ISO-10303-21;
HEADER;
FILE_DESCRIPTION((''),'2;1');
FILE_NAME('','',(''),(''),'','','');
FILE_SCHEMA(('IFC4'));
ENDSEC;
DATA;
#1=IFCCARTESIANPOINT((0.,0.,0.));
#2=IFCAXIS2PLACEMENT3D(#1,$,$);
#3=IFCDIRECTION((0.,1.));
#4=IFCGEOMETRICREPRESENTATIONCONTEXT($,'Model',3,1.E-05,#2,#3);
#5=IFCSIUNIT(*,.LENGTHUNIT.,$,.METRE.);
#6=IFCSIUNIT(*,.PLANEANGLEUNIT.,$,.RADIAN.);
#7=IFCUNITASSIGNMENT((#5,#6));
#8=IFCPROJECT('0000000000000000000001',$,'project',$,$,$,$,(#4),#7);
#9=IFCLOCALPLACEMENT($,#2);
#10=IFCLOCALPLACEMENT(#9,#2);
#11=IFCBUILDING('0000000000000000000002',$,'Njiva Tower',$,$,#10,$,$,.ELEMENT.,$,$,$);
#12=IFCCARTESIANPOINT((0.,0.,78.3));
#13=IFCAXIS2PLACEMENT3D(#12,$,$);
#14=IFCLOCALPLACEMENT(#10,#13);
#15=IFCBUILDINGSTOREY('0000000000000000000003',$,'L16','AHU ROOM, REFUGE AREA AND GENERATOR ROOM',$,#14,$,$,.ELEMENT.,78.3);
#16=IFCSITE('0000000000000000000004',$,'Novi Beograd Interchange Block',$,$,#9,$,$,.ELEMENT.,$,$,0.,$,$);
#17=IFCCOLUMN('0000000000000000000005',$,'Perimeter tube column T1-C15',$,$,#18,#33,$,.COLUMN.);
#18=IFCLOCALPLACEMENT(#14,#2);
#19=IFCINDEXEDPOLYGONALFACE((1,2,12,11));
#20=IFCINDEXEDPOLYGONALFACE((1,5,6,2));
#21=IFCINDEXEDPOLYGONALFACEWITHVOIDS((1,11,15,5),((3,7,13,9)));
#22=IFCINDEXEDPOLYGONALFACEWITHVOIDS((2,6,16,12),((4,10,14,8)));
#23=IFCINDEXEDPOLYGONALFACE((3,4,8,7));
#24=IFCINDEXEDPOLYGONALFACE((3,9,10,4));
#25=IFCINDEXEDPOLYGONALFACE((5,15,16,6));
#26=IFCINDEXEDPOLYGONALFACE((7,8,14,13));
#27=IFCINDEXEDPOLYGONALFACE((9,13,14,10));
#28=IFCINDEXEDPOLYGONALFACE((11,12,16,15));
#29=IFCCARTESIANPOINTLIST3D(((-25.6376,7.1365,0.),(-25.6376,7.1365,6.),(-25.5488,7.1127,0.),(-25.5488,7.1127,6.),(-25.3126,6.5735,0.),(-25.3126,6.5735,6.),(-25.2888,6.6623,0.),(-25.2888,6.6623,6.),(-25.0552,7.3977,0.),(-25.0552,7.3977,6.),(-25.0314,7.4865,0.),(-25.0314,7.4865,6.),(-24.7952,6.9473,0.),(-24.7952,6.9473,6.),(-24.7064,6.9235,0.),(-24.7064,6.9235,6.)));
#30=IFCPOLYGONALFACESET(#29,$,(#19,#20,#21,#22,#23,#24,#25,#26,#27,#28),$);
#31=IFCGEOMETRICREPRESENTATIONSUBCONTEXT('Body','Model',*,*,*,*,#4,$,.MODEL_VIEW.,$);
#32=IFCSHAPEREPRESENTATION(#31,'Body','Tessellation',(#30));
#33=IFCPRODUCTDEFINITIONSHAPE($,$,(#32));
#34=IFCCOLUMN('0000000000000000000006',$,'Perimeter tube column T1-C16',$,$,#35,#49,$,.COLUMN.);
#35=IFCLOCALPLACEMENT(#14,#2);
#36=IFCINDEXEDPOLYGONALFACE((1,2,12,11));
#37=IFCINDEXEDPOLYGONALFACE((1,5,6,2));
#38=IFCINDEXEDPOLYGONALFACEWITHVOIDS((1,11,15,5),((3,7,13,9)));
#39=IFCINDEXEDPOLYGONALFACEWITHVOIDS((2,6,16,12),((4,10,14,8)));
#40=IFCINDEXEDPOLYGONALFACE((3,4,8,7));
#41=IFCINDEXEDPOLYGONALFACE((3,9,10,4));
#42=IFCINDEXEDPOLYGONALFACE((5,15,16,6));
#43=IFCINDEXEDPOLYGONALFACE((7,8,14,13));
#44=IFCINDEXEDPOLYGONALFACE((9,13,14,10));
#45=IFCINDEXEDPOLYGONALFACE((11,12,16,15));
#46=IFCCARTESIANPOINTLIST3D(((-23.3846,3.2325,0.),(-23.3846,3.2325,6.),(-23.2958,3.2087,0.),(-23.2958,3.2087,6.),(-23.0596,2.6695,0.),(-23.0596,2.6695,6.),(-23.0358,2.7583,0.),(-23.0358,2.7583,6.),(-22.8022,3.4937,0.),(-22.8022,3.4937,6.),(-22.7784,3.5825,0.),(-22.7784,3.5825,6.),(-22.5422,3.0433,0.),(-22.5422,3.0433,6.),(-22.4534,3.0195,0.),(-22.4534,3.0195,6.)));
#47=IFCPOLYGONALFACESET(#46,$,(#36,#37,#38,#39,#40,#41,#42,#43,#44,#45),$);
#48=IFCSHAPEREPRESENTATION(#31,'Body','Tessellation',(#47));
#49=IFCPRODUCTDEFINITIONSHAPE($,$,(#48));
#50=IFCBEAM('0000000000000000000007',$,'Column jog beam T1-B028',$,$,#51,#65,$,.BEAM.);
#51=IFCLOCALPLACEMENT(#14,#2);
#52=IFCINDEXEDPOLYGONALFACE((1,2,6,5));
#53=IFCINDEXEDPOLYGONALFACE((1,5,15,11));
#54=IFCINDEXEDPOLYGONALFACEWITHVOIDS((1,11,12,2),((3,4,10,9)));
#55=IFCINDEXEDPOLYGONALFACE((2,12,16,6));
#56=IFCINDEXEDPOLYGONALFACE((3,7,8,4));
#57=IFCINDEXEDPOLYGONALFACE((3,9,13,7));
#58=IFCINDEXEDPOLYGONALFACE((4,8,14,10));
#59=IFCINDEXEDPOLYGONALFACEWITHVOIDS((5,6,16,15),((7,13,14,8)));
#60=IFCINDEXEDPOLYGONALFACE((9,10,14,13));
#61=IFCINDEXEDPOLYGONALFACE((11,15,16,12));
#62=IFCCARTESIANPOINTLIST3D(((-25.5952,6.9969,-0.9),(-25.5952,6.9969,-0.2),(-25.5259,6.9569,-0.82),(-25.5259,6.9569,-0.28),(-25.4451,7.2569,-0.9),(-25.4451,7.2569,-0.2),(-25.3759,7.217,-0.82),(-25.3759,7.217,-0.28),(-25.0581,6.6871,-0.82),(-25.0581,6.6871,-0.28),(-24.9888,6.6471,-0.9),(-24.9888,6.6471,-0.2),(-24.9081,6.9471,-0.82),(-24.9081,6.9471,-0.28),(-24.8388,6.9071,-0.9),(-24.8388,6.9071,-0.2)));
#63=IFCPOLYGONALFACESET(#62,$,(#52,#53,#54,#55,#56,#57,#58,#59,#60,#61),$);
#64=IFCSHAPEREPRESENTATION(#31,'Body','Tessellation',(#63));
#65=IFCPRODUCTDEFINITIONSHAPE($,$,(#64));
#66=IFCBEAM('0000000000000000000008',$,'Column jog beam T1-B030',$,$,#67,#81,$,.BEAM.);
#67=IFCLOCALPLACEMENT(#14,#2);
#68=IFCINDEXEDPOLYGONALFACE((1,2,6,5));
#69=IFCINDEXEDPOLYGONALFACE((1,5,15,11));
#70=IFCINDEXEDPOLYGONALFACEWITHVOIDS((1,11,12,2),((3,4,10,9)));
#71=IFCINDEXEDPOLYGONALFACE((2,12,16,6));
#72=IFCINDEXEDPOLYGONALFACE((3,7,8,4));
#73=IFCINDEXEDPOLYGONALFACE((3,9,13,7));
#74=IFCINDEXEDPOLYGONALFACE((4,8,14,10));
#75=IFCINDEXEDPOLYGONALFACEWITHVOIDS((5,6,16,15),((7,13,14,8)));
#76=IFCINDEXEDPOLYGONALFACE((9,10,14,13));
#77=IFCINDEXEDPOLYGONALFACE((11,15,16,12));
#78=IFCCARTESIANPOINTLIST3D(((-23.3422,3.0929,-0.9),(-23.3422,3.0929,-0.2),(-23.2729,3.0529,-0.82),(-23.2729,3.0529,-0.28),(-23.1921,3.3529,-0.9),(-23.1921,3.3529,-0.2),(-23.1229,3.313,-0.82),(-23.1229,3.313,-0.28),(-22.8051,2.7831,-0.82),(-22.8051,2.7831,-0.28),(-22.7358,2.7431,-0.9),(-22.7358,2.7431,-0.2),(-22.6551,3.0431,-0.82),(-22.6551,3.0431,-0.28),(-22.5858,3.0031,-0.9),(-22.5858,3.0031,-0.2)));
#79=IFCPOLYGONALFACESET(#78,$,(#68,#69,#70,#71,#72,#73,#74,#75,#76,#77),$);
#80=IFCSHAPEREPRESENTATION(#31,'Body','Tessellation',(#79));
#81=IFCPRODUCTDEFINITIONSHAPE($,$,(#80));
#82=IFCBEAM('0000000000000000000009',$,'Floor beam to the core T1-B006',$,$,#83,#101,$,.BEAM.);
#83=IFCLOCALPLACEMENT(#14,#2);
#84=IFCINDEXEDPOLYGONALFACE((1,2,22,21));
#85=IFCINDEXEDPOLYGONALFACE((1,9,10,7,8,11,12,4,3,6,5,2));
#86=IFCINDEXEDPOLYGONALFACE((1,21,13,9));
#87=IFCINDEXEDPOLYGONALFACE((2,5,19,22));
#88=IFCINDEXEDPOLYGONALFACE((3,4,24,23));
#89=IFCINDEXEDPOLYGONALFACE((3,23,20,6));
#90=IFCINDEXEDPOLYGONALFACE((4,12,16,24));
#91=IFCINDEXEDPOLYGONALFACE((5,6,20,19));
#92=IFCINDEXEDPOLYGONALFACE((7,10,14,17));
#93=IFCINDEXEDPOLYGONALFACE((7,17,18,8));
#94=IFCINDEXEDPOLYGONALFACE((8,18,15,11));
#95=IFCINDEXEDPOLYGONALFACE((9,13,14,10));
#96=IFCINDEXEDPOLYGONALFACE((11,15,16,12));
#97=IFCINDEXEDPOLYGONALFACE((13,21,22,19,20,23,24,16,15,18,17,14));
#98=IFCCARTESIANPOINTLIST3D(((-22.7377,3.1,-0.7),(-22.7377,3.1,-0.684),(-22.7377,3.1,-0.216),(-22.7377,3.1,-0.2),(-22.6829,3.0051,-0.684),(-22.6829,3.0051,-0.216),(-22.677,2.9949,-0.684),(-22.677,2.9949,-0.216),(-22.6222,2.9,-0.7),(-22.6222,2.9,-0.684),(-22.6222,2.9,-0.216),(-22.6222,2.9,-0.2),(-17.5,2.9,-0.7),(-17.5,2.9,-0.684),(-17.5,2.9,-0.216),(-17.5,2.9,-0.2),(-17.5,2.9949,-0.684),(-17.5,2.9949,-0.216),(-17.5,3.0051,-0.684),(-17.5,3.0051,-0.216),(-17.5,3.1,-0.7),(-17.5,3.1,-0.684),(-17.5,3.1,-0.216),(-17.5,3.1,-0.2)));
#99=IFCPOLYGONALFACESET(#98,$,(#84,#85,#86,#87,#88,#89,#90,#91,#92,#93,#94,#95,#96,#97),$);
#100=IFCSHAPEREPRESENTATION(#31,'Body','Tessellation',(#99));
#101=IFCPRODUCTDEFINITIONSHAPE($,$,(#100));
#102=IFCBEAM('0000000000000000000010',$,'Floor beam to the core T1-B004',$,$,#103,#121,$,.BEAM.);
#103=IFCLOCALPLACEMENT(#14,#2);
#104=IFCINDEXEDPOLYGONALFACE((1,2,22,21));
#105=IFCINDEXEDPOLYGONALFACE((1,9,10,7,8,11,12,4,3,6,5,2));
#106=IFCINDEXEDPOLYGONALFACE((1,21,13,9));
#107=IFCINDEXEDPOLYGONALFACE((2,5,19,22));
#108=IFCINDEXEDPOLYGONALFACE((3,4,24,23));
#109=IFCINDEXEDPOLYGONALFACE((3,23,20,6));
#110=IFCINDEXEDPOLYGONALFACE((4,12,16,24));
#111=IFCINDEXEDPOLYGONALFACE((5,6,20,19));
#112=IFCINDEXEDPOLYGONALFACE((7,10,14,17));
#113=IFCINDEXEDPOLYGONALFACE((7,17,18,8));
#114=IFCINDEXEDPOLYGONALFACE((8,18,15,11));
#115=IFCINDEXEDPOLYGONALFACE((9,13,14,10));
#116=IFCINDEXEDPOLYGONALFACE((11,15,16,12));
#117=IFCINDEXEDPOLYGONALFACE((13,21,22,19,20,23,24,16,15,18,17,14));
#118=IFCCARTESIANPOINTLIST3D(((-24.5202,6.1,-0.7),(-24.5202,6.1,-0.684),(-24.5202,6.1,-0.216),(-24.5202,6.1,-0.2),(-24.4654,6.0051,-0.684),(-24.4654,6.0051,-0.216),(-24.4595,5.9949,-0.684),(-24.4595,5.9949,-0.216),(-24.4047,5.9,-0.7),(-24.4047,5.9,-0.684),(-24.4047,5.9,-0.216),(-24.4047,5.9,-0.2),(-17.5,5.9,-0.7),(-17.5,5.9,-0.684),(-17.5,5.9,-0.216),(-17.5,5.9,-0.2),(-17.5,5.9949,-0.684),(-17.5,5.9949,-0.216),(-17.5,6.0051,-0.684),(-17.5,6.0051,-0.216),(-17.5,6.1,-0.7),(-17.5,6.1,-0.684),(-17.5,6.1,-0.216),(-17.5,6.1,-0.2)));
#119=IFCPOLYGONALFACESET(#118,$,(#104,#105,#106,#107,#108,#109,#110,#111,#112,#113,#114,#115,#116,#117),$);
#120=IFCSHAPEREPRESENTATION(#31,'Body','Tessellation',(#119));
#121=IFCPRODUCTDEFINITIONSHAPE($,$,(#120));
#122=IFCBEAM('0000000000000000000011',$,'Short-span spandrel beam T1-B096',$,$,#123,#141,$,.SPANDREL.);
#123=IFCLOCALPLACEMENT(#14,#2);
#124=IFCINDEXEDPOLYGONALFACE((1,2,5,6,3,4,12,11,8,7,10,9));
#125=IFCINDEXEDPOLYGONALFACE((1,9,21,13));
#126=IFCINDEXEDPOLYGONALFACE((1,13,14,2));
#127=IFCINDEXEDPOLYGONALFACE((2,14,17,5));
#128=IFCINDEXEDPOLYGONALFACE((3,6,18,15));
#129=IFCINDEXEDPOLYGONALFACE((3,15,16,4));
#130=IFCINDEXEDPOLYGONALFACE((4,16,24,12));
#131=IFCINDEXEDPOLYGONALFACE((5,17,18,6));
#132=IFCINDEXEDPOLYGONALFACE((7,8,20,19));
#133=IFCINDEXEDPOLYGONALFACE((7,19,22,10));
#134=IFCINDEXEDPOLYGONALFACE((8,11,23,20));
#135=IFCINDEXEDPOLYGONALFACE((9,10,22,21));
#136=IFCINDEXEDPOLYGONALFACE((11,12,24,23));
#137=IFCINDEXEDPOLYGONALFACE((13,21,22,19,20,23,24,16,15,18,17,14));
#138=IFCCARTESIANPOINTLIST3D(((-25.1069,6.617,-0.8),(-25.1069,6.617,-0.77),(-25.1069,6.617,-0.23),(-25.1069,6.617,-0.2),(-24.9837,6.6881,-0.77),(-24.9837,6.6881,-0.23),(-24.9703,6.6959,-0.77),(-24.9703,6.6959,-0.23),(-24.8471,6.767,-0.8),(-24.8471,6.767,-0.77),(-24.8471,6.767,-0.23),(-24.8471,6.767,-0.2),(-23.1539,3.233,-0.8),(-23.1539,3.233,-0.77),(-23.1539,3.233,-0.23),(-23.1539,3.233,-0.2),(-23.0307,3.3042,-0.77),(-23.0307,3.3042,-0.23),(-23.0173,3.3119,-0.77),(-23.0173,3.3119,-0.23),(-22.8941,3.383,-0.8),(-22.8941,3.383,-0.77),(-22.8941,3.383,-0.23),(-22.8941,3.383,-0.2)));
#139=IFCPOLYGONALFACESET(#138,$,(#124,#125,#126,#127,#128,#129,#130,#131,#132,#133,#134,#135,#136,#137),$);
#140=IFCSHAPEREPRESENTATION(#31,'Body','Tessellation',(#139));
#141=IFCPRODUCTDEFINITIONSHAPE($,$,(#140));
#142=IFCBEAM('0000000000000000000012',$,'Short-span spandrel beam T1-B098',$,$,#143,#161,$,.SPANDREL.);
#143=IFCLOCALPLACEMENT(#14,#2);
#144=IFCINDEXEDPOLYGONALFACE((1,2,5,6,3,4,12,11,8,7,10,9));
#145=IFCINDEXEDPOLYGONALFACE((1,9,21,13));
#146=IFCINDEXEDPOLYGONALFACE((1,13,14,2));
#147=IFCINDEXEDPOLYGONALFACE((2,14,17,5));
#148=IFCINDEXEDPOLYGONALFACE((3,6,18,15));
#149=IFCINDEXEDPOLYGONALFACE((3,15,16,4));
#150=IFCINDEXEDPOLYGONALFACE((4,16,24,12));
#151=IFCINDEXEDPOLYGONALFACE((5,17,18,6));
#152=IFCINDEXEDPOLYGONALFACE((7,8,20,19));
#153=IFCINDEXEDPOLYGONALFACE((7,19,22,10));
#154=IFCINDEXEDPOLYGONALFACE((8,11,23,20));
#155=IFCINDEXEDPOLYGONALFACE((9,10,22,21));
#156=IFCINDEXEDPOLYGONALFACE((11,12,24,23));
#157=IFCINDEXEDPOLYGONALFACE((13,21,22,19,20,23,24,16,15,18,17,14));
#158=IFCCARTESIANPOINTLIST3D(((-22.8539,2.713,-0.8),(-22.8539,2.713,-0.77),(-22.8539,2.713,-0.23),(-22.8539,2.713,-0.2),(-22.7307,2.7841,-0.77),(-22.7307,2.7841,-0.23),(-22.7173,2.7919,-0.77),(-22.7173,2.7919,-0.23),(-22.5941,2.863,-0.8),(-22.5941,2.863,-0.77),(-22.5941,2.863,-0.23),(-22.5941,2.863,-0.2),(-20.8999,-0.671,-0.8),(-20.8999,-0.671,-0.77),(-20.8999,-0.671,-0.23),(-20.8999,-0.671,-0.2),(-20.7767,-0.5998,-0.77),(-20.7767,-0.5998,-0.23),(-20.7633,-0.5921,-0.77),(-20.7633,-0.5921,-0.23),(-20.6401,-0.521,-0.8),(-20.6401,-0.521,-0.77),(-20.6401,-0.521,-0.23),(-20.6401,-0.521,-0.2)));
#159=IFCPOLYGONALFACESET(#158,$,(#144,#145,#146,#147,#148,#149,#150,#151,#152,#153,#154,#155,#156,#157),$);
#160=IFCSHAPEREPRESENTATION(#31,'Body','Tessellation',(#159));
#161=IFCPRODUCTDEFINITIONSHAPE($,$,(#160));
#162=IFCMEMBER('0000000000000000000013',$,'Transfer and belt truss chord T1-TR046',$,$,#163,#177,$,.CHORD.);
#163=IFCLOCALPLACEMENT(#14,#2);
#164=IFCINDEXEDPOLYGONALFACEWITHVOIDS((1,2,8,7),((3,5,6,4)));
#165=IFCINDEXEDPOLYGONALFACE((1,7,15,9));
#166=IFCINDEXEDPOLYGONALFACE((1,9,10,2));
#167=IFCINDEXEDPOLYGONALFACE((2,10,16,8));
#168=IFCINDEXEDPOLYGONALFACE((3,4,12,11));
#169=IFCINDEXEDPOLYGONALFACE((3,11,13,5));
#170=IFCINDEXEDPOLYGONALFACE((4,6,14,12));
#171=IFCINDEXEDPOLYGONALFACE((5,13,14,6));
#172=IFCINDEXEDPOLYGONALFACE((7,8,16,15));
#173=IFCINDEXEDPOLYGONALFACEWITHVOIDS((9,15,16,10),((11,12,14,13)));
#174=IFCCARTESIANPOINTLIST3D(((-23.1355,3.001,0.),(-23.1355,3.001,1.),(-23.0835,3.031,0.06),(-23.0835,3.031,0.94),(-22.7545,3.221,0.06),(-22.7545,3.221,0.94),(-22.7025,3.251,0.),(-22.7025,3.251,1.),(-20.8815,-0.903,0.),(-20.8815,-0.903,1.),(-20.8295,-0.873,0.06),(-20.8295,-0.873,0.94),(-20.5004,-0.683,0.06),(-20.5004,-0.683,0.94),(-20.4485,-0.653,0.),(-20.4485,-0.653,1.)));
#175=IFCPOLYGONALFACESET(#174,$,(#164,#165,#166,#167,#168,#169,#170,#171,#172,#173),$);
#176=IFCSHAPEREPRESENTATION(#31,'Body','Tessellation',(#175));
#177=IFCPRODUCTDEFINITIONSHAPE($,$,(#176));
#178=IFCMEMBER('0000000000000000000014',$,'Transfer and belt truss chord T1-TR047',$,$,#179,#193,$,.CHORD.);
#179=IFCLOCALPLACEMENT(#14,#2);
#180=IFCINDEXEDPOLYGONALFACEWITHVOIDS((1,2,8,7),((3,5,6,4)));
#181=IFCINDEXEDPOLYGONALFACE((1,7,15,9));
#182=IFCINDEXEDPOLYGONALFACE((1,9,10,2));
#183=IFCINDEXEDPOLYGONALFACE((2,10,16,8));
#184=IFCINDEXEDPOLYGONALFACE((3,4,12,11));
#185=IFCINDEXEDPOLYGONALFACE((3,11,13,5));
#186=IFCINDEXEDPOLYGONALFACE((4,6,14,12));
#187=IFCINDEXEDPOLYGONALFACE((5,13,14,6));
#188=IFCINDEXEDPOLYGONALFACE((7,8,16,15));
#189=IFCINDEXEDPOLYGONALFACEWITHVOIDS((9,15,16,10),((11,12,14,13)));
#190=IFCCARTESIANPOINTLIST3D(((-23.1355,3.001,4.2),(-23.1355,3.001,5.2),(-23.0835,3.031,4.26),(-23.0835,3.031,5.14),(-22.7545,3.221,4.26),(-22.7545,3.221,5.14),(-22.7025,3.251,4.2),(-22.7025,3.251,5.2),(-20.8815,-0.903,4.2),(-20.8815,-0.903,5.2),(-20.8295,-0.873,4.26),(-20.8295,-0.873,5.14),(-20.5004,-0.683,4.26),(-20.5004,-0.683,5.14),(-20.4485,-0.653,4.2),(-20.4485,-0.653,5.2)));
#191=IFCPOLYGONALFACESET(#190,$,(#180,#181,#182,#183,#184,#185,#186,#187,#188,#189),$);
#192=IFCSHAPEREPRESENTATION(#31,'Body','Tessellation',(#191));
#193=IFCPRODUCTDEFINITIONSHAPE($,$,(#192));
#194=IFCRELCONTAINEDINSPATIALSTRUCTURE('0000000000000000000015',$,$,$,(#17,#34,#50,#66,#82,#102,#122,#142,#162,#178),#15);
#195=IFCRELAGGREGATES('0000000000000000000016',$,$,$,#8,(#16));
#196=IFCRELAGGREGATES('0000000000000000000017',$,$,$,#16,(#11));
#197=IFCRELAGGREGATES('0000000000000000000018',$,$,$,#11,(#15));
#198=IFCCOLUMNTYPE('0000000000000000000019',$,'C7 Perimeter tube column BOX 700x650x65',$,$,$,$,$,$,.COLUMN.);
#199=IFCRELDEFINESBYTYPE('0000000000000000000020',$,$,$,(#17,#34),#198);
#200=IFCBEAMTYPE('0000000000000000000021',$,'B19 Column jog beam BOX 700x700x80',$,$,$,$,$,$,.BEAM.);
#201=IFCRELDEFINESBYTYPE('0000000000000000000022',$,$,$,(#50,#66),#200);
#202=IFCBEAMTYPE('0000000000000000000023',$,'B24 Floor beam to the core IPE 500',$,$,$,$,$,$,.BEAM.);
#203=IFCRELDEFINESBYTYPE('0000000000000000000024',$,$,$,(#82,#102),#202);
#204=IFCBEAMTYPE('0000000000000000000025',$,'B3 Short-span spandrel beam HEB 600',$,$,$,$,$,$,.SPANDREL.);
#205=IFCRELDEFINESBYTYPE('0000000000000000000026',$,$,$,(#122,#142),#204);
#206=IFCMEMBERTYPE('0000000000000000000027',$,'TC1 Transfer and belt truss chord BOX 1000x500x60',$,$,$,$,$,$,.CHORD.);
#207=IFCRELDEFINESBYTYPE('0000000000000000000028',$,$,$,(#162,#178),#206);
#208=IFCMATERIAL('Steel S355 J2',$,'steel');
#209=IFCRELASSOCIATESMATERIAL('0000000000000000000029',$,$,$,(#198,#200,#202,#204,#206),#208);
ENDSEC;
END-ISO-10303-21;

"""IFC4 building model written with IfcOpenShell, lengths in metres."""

from ifc_helpers import new_model, si_unit, direction, frame, origin, origin_2d, place, context, subcontext, project, spatial, hollow_rectangle, i_section, extrude, clip, halfspace, material, material_profile, profile_set, type_object, element, save


model = new_model("IFC4")

# Units and contexts
model_context = context("Model", 3, precision=1e-05, world=origin(), true_north=direction((0.0, 1.0)))
body_context = subcontext(model_context, "Body", "Model", "MODEL_VIEW")
ifc_project = project(units=[si_unit("LENGTHUNIT", "METRE"), si_unit("PLANEANGLEUNIT", "RADIAN")], contexts=[model_context])

# Site, building, storey
site_placement = place(None, origin())
site = spatial("IfcSite", under=ifc_project, at=site_placement, Name="Novi Beograd Interchange Block", CompositionType="ELEMENT", RefElevation=0.0)
building_placement = place(site_placement, origin())
building = spatial("IfcBuilding", under=site, at=building_placement, Name="Njiva Tower", CompositionType="ELEMENT")
storey_placement = place(building_placement, frame((0.0, 0.0, 78.3)))
storey = spatial("IfcBuildingStorey", under=building, at=storey_placement, Name="L16", Description="AHU ROOM, REFUGE AREA AND GENERATOR ROOM", CompositionType="ELEMENT", Elevation=78.3)

# Columns
ifc_material_1 = material(Name="Steel S355 J2", Category="steel")
ifc_material_profile_1 = material_profile(ifc_material_1, hollow_rectangle(XDim=0.65, YDim=0.7, WallThickness=0.065, at=origin_2d()), Name="BOX 700x650x65")
ifc_profile_set_1 = profile_set([ifc_material_profile_1], Name="Steel S355 J2")
column_type = type_object("IfcColumnType", Name="C7 Perimeter tube column BOX 700x650x65", PredefinedType="COLUMN", material=ifc_profile_set_1)
for number, where, z_axis, x_axis, name in (
    (1, (-25.172, 7.03, 0.0), (0.0, 0.0, 1.0), (0.5, -0.866025, 0.0), "Perimeter tube column T1-C15"),
    (2, (-22.919, 3.126, 0.0), (0.0, 0.0, 1.0), (0.5, -0.866025, 0.0), "Perimeter tube column T1-C16"),
):
    element("IfcColumn", number, at=place(storey_placement, frame(where, z_axis=z_axis, x_axis=x_axis)), inside=storey, type_object=column_type, Name=name, PredefinedType="COLUMN", context=body_context, shape_type="SweptSolid", body=[
        extrude(hollow_rectangle(XDim=0.65, YDim=0.7, WallThickness=0.065, at=origin_2d()), origin(), (0.0, 0.0, 1.0), 6.0),
    ])

# Beams
ifc_material_profile_2 = material_profile(ifc_material_1, hollow_rectangle(XDim=0.7, YDim=0.7, WallThickness=0.08, at=origin_2d()), Name="BOX 700x700x80")
ifc_profile_set_2 = profile_set([ifc_material_profile_2], Name="Steel S355 J2")
beam_type_1 = type_object("IfcBeamType", Name="B19 Column jog beam BOX 700x700x80", PredefinedType="BEAM", material=ifc_profile_set_2)
for number, where, z_axis, x_axis, name in (
    (3, (-25.292, 6.822, -0.55), (0.499722, 0.866186, 0.0), (-0.866186, 0.499722, 0.0), "Column jog beam T1-B028"),
    (4, (-23.039, 2.918, -0.55), (0.499722, 0.866186, 0.0), (-0.866186, 0.499722, 0.0), "Column jog beam T1-B030"),
):
    element("IfcBeam", number, at=place(storey_placement, frame(where, z_axis=z_axis, x_axis=x_axis)), inside=storey, type_object=beam_type_1, Name=name, PredefinedType="BEAM", context=body_context, shape_type="SweptSolid", body=[
        extrude(hollow_rectangle(XDim=0.7, YDim=0.7, WallThickness=0.08, at=origin_2d()), origin(), (0.0, 0.0, 1.0), 0.3002),
    ])
ifc_material_profile_3 = material_profile(ifc_material_1, i_section(OverallWidth=0.2, OverallDepth=0.5, WebThickness=0.0102, FlangeThickness=0.016, at=origin_2d()), Name="IPE 500")
ifc_profile_set_3 = profile_set([ifc_material_profile_3], Name="Steel S355 J2")
beam_type_2 = type_object("IfcBeamType", Name="B24 Floor beam to the core IPE 500", PredefinedType="BEAM", material=ifc_profile_set_3)
beam_1_placement = place(storey_placement, frame((-22.758, 3.0, -0.45), z_axis=(1.0, 0.0, 0.0), x_axis=(0.0, 1.0, 0.0)))
element("IfcBeam", 5, at=beam_1_placement, inside=storey, type_object=beam_type_2, Name="Floor beam to the core T1-B006", PredefinedType="BEAM", context=body_context, shape_type="Clipping", body=[
    clip(extrude(i_section(OverallWidth=0.2, OverallDepth=0.5, WebThickness=0.0102, FlangeThickness=0.016, at=origin_2d()), origin(), (0.0, 0.0, 1.0), 5.258), halfspace(frame((-0.025, 0.0, 0.0925), z_axis=(-0.499998, 0.0, -0.866027), x_axis=(0.0, -1.0, 0.0)), False)),
])
beam_2_placement = place(storey_placement, frame((-24.54, 6.0, -0.45), z_axis=(1.0, 0.0, 0.0), x_axis=(0.0, 1.0, 0.0)))
element("IfcBeam", 6, at=beam_2_placement, inside=storey, type_object=beam_type_2, Name="Floor beam to the core T1-B004", PredefinedType="BEAM", context=body_context, shape_type="Clipping", body=[
    clip(extrude(i_section(OverallWidth=0.2, OverallDepth=0.5, WebThickness=0.0102, FlangeThickness=0.016, at=origin_2d()), origin(), (0.0, 0.0, 1.0), 7.04), halfspace(frame((-0.025, 0.0, 0.092), z_axis=(-0.499998, 0.0, -0.866027), x_axis=(0.0, -1.0, 0.0)), False)),
])
ifc_material_profile_4 = material_profile(ifc_material_1, i_section(OverallWidth=0.3, OverallDepth=0.6, WebThickness=0.0155, FlangeThickness=0.03, at=origin_2d()), Name="HEB 600")
ifc_profile_set_4 = profile_set([ifc_material_profile_4], Name="Steel S355 J2")
beam_type_3 = type_object("IfcBeamType", Name="B3 Short-span spandrel beam HEB 600", PredefinedType="SPANDREL", material=ifc_profile_set_4)
beam_3_placement = place(storey_placement, frame((-24.977, 6.692, -0.5), z_axis=(0.499855, -0.866109, 0.0), x_axis=(0.866109, 0.499855, 0.0)))
element("IfcBeam", 7, at=beam_3_placement, inside=storey, type_object=beam_type_3, Name="Short-span spandrel beam T1-B096", PredefinedType="SPANDREL", context=body_context, shape_type="SweptSolid", body=[
    extrude(i_section(OverallWidth=0.3, OverallDepth=0.6, WebThickness=0.0155, FlangeThickness=0.03, at=origin_2d()), origin(), (0.0, 0.0, 1.0), 3.9071),
])
beam_4_placement = place(storey_placement, frame((-22.724, 2.788, -0.5), z_axis=(0.500047, -0.865998, 0.0), x_axis=(0.865998, 0.500047, 0.0)))
element("IfcBeam", 8, at=beam_4_placement, inside=storey, type_object=beam_type_3, Name="Short-span spandrel beam T1-B098", PredefinedType="SPANDREL", context=body_context, shape_type="SweptSolid", body=[
    extrude(i_section(OverallWidth=0.3, OverallDepth=0.6, WebThickness=0.0155, FlangeThickness=0.03, at=origin_2d()), origin(), (0.0, 0.0, 1.0), 3.9076),
])

# Members
ifc_material_profile_5 = material_profile(ifc_material_1, hollow_rectangle(XDim=0.5, YDim=1.0, WallThickness=0.06, at=origin_2d()), Name="BOX 1000x500x60")
ifc_profile_set_5 = profile_set([ifc_material_profile_5], Name="Steel S355 J2")
member_type_1 = type_object("IfcMemberType", Name="TC1 Transfer and belt truss chord BOX 1000x500x60", PredefinedType="CHORD", material=ifc_profile_set_5)
for number, where, z_axis, x_axis, name in (
    (9, (-22.919, 3.126, 0.5), (0.500004, -0.866023, 0.0), (0.866023, 0.500004, 0.0), "Transfer and belt truss chord T1-TR046"),
    (10, (-22.919, 3.126, 4.7), (0.500004, -0.866023, 0.0), (0.866023, 0.500004, 0.0), "Transfer and belt truss chord T1-TR047"),
):
    element("IfcMember", number, at=place(storey_placement, frame(where, z_axis=z_axis, x_axis=x_axis)), inside=storey, type_object=member_type_1, Name=name, PredefinedType="CHORD", context=body_context, shape_type="SweptSolid", body=[
        extrude(hollow_rectangle(XDim=0.5, YDim=1.0, WallThickness=0.06, at=origin_2d()), origin(), (0.0, 0.0, 1.0), 4.508),
    ])

save(model, "model.ifc")
